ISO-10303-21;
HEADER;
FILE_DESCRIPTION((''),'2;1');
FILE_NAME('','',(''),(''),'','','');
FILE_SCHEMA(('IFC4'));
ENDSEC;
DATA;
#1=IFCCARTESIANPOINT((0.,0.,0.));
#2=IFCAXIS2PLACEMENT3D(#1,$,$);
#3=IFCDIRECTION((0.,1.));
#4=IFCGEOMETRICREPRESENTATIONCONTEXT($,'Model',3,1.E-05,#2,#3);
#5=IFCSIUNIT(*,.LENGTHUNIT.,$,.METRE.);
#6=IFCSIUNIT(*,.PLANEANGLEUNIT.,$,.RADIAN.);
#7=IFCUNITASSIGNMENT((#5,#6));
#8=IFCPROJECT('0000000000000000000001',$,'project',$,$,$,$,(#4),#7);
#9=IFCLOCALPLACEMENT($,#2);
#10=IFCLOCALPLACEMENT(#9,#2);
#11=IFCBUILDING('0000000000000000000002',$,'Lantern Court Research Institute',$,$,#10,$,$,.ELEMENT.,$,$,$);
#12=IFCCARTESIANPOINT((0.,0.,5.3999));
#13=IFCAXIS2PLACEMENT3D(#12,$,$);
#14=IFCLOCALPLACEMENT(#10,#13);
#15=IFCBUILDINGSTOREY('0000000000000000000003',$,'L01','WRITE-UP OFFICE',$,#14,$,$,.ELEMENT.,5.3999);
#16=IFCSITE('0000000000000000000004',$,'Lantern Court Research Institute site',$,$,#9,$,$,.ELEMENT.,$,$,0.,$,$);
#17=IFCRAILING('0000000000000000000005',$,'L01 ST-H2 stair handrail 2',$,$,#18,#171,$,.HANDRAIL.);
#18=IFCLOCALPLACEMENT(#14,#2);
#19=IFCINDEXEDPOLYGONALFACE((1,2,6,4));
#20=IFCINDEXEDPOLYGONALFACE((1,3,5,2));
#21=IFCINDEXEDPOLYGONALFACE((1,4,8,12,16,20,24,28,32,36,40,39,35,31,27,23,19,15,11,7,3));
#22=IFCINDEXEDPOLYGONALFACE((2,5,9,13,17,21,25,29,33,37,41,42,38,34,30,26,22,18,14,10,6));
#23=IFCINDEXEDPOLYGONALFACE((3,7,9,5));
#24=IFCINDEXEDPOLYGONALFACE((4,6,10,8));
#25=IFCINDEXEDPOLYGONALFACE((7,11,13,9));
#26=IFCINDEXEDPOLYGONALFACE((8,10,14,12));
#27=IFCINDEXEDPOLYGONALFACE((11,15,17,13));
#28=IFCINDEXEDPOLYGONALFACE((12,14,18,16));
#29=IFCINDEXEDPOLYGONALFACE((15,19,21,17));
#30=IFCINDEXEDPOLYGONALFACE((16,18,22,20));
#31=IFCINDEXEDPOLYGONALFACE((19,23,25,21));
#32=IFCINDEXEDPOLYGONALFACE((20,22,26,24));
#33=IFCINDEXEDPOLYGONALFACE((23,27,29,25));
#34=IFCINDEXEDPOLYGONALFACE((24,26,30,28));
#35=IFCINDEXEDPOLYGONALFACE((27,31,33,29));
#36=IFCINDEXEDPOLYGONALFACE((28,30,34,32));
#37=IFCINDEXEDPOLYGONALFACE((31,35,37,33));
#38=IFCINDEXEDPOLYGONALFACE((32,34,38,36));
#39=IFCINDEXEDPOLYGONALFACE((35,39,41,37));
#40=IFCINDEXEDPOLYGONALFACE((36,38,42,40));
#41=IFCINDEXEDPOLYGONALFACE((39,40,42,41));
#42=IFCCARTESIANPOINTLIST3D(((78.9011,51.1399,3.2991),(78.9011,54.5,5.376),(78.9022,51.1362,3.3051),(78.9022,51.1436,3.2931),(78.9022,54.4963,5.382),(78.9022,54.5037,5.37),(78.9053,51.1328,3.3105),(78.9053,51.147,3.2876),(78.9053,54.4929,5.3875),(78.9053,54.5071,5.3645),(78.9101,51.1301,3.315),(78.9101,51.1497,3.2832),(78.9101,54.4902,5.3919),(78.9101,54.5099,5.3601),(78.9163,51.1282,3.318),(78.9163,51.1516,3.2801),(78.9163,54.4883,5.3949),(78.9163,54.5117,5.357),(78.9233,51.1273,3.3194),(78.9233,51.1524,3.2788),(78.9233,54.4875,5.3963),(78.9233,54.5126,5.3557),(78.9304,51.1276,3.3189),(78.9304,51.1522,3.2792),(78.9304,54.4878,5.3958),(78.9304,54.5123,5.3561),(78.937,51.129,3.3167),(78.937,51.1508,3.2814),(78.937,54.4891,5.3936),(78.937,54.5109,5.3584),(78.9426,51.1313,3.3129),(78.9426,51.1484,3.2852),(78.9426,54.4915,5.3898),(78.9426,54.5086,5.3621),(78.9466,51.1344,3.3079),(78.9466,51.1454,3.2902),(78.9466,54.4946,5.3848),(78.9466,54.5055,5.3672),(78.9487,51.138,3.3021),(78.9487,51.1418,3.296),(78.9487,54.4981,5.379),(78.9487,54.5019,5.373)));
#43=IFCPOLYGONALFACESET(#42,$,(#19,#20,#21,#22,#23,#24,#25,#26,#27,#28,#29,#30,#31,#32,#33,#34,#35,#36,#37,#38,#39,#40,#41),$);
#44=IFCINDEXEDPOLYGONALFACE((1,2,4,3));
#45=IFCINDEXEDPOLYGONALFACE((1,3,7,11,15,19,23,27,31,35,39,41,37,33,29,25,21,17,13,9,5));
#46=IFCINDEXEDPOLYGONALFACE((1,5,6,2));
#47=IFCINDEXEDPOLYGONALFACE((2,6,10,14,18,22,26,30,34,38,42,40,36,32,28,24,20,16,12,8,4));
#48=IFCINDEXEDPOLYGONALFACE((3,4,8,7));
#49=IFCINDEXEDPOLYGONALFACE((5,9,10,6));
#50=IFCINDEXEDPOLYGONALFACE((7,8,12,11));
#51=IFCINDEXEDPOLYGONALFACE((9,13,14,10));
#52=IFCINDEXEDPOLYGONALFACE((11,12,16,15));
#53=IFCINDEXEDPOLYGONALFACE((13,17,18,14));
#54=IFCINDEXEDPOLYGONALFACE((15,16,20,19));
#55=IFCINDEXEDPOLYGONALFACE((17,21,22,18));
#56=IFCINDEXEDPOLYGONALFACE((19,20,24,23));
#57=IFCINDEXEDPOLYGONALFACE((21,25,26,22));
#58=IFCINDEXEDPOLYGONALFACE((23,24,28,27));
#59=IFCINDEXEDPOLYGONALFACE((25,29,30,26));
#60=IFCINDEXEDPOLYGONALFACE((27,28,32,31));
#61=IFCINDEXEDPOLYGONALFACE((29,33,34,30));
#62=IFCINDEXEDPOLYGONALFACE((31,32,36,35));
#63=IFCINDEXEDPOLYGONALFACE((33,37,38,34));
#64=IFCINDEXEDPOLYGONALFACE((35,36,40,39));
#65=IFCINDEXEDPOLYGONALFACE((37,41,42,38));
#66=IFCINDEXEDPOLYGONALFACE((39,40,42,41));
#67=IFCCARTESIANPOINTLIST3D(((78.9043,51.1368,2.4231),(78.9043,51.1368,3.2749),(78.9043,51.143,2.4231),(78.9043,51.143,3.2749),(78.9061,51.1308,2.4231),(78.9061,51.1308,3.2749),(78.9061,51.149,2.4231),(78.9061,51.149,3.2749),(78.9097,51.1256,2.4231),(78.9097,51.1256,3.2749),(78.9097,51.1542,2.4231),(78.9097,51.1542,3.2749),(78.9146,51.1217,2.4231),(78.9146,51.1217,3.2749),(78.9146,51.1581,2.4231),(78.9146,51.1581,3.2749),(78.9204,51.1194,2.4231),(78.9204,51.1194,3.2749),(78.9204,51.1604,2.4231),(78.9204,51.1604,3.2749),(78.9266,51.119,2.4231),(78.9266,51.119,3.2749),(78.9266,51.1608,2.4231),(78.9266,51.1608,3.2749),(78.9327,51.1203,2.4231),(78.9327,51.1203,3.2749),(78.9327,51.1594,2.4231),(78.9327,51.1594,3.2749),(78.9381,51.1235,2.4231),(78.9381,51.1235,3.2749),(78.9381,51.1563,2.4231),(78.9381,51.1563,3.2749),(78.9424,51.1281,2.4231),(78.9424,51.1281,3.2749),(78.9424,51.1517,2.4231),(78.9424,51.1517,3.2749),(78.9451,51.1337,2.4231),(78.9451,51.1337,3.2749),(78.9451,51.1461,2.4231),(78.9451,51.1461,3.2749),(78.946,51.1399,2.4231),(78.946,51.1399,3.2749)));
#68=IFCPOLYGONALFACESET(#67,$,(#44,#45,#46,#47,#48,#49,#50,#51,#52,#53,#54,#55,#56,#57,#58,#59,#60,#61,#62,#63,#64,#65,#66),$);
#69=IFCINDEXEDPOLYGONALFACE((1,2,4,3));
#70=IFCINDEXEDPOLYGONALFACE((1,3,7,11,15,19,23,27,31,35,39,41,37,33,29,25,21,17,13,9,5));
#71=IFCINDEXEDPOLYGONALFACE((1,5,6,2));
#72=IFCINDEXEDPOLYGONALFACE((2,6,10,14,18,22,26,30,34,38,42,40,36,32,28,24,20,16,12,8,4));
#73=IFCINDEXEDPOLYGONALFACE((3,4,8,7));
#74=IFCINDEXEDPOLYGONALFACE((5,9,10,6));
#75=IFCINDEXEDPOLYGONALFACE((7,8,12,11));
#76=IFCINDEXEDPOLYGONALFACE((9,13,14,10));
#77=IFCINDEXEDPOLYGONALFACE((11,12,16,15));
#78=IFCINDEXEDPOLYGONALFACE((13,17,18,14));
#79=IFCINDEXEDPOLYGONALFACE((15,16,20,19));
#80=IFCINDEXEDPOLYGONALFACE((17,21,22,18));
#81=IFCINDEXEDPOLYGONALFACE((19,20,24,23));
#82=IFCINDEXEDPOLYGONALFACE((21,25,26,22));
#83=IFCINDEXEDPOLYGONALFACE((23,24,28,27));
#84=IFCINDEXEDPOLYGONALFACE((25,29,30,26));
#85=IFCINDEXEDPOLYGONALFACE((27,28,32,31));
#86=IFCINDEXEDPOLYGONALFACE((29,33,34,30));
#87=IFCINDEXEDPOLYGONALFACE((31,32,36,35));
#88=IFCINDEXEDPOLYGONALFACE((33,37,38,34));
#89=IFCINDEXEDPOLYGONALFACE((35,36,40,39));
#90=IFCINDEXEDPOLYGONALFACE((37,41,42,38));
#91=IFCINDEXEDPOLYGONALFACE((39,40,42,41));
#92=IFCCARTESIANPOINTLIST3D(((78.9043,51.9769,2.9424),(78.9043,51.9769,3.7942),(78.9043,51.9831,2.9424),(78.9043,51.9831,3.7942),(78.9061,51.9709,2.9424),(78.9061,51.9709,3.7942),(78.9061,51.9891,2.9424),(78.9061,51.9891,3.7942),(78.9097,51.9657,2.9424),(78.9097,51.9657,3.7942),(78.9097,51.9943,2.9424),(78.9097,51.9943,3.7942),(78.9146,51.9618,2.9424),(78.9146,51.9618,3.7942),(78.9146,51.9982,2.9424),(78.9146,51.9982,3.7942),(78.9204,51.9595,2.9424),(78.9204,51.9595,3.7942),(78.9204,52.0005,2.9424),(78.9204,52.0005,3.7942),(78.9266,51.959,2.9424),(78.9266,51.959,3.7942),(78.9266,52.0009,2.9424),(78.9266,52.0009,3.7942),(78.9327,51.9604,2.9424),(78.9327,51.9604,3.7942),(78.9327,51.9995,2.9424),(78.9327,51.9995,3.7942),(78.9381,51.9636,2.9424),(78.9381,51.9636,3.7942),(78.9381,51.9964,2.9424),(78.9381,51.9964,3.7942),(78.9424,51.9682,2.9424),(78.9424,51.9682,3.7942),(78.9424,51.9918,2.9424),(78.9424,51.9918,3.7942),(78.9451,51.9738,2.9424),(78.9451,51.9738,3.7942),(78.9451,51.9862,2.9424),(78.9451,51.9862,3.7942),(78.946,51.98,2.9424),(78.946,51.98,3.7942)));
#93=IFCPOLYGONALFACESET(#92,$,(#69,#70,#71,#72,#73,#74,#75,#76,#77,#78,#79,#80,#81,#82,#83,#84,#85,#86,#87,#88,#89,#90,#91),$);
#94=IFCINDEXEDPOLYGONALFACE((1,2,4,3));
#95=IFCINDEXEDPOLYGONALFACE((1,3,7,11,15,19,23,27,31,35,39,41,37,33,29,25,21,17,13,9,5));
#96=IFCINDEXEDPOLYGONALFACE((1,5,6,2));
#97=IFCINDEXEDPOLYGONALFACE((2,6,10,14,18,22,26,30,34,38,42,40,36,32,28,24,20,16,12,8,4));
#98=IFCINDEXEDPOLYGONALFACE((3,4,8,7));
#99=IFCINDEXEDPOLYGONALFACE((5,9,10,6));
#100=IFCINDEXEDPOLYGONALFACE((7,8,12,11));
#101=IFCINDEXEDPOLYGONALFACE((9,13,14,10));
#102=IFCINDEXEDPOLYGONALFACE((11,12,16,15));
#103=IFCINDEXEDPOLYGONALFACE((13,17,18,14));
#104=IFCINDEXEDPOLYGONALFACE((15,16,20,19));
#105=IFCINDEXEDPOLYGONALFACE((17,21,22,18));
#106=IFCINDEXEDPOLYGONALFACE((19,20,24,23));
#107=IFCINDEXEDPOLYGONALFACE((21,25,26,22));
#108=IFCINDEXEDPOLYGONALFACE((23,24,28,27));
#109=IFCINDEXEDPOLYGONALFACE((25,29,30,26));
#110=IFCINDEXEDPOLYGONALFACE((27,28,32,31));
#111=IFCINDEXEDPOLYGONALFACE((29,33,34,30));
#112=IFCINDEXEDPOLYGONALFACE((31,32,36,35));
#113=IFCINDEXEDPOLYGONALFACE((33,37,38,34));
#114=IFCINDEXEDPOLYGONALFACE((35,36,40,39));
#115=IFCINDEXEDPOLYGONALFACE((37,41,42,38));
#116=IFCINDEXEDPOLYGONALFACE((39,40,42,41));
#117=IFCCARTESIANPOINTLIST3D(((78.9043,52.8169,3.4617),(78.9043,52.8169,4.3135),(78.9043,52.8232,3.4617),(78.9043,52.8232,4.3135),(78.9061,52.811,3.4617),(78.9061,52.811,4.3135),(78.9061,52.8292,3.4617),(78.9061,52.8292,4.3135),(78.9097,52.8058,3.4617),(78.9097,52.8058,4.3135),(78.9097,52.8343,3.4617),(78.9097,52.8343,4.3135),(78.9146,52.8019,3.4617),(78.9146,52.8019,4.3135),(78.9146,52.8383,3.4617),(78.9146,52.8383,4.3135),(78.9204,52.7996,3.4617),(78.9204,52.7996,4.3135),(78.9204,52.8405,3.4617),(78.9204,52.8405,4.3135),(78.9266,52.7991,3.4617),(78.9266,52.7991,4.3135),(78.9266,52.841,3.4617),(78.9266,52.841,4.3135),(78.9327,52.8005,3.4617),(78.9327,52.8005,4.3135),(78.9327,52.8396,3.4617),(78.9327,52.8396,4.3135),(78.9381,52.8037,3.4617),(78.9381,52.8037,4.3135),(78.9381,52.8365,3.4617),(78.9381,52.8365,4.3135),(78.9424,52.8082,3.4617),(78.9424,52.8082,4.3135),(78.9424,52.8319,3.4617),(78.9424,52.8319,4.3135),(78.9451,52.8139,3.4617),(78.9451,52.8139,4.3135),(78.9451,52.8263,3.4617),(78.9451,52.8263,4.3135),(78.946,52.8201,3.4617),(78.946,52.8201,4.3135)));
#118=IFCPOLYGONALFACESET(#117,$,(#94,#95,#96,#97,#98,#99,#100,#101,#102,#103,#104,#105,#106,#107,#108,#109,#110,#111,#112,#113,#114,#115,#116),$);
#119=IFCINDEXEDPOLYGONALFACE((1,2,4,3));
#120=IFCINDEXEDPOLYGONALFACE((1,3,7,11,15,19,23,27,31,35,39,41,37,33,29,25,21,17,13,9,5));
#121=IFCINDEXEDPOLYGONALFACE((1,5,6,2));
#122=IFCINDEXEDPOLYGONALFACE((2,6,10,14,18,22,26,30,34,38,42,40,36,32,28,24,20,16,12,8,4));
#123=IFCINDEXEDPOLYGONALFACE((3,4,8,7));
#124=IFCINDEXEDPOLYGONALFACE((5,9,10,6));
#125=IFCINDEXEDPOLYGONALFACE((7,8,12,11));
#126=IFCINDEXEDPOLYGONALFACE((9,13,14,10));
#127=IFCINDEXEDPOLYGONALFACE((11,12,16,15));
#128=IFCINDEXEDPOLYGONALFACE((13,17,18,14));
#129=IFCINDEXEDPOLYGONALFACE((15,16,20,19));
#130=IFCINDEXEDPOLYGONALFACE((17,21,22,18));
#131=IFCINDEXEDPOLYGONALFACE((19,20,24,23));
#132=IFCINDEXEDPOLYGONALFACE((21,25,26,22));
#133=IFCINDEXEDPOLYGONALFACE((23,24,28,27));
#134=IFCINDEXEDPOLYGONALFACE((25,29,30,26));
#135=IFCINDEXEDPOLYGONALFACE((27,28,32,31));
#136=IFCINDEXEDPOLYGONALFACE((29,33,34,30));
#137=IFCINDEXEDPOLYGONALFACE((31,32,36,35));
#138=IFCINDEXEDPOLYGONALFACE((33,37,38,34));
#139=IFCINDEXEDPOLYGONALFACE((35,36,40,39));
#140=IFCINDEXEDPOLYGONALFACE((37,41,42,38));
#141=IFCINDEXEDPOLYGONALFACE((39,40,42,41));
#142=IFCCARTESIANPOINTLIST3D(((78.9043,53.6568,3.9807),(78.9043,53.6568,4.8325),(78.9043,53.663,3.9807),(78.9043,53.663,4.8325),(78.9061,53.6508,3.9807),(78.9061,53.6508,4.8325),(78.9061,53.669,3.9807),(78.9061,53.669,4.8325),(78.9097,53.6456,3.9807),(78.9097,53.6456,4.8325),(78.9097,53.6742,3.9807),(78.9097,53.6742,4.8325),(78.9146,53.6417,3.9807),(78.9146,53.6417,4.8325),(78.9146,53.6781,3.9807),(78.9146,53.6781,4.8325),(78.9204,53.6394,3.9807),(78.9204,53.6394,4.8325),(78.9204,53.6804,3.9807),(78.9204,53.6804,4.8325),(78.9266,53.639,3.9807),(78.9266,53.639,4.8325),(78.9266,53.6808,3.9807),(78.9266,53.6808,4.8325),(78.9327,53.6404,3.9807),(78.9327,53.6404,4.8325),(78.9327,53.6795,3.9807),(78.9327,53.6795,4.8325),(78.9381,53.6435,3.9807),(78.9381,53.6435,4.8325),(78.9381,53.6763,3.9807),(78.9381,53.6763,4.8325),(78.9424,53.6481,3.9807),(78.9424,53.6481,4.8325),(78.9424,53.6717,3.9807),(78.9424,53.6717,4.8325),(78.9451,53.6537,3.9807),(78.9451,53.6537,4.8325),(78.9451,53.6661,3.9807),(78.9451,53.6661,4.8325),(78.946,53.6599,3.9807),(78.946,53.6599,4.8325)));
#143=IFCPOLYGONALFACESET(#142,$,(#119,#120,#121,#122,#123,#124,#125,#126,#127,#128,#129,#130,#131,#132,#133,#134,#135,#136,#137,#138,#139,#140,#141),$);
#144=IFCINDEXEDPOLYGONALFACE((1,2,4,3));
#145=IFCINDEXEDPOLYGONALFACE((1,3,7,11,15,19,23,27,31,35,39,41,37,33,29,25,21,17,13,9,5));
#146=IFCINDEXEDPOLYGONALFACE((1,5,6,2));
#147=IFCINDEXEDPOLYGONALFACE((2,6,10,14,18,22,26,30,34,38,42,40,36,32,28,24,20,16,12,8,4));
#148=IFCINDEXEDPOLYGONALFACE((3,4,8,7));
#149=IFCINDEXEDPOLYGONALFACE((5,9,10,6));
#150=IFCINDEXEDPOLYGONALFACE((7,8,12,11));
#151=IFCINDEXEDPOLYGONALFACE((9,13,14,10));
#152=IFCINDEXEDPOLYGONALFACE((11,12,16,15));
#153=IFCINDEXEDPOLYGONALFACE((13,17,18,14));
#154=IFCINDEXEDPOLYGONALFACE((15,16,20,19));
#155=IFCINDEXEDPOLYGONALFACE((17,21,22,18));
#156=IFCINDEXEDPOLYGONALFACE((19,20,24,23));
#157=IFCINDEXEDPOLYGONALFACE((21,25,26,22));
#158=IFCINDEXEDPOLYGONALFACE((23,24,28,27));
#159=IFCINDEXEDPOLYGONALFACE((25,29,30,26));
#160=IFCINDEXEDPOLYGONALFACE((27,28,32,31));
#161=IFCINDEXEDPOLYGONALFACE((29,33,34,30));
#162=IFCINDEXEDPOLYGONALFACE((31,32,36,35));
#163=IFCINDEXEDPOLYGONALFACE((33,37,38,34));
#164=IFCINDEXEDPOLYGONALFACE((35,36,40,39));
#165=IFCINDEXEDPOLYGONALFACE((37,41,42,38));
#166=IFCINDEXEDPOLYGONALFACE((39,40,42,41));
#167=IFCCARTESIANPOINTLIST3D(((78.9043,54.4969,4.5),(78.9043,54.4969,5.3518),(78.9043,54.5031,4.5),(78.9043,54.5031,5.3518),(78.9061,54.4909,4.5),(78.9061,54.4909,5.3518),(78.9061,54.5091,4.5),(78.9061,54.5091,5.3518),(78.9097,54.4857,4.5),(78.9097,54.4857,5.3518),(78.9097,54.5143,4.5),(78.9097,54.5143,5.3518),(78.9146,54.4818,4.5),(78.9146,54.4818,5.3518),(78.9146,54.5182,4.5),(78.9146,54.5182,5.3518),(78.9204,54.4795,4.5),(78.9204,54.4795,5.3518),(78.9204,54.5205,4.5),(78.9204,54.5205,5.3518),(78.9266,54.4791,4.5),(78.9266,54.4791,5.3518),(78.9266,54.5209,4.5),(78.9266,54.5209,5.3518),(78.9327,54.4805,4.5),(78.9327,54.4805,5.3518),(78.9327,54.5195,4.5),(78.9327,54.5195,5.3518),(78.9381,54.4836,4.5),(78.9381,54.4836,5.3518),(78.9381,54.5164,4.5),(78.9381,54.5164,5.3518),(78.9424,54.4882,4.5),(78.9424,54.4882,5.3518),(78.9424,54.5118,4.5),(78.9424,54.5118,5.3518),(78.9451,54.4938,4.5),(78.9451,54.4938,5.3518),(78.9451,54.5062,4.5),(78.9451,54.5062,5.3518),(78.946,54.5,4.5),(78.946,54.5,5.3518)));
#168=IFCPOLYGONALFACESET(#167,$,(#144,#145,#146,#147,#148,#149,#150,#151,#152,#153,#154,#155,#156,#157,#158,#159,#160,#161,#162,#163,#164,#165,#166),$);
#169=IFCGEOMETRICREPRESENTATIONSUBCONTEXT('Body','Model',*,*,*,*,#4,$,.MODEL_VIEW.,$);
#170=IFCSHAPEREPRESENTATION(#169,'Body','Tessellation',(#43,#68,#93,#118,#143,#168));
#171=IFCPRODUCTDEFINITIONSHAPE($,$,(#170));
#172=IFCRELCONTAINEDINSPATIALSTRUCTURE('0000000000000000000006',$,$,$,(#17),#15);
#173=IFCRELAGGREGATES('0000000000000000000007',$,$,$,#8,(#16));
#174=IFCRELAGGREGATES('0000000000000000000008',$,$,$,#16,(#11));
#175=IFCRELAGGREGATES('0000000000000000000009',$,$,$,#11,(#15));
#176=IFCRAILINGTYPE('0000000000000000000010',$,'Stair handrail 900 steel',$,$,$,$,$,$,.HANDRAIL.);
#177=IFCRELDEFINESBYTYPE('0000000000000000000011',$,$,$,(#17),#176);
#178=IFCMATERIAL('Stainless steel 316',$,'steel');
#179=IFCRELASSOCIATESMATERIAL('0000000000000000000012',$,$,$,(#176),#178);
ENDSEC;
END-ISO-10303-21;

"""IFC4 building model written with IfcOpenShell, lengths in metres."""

from ifc_helpers import new_model, si_unit, direction, frame, origin, origin_2d, place, context, subcontext, project, spatial, circle, extrude, material, type_object, element, save


model = new_model("IFC4")

# Units and contexts
model_context = context("Model", 3, precision=1e-05, world=origin(), true_north=direction((0.0, 1.0)))
body_context = subcontext(model_context, "Body", "Model", "MODEL_VIEW")
ifc_project = project(units=[si_unit("LENGTHUNIT", "METRE"), si_unit("PLANEANGLEUNIT", "RADIAN")], contexts=[model_context])

# Site, building, storey
site_placement = place(None, origin())
site = spatial("IfcSite", under=ifc_project, at=site_placement, Name="Lantern Court Research Institute site", CompositionType="ELEMENT", RefElevation=0.0)
building_placement = place(site_placement, origin())
building = spatial("IfcBuilding", under=site, at=building_placement, Name="Lantern Court Research Institute", CompositionType="ELEMENT")
storey_placement = place(building_placement, frame((0.0, 0.0, 5.3999)))
storey = spatial("IfcBuildingStorey", under=building, at=storey_placement, Name="L01", Description="WRITE-UP OFFICE", CompositionType="ELEMENT", Elevation=5.3999)

# Railing
ifc_material_1 = material(Name="Stainless steel 316", Category="steel")
railing_type_1 = type_object("IfcRailingType", Name="Stair handrail 900 steel", PredefinedType="HANDRAIL", material=ifc_material_1)
railing_1_placement = place(storey_placement, frame((78.925, 51.1399, 2.4231)))
element("IfcRailing", 1, at=railing_1_placement, inside=storey, type_object=railing_type_1, Name="L01 ST-H2 stair handrail 2", PredefinedType="HANDRAIL", context=body_context, shape_type="SweptSolid", body=[
    extrude(circle(Radius=0.0239, at=origin_2d()), frame((0.0, 0.0, 0.876), z_axis=(0.0, 0.850623, 0.525776), x_axis=(-1.0, 0.0, 0.0)), (0.0, 0.0, 1.0), 3.9502),
    extrude(circle(Radius=0.021, at=origin_2d()), origin(), (0.0, 0.0, 1.0), 0.8518),
    extrude(circle(Radius=0.021, at=origin_2d()), frame((0.0, 0.8401, 0.5193)), (0.0, 0.0, 1.0), 0.8518),
    extrude(circle(Radius=0.021, at=origin_2d()), frame((0.0, 1.6802, 1.0386)), (0.0, 0.0, 1.0), 0.8518),
    extrude(circle(Radius=0.021, at=origin_2d()), frame((0.0, 2.52, 1.5576)), (0.0, 0.0, 1.0), 0.8518),
    extrude(circle(Radius=0.021, at=origin_2d()), frame((0.0, 3.3601, 2.0769)), (0.0, 0.0, 1.0), 0.8518),
])

save(model, "model.ifc")
